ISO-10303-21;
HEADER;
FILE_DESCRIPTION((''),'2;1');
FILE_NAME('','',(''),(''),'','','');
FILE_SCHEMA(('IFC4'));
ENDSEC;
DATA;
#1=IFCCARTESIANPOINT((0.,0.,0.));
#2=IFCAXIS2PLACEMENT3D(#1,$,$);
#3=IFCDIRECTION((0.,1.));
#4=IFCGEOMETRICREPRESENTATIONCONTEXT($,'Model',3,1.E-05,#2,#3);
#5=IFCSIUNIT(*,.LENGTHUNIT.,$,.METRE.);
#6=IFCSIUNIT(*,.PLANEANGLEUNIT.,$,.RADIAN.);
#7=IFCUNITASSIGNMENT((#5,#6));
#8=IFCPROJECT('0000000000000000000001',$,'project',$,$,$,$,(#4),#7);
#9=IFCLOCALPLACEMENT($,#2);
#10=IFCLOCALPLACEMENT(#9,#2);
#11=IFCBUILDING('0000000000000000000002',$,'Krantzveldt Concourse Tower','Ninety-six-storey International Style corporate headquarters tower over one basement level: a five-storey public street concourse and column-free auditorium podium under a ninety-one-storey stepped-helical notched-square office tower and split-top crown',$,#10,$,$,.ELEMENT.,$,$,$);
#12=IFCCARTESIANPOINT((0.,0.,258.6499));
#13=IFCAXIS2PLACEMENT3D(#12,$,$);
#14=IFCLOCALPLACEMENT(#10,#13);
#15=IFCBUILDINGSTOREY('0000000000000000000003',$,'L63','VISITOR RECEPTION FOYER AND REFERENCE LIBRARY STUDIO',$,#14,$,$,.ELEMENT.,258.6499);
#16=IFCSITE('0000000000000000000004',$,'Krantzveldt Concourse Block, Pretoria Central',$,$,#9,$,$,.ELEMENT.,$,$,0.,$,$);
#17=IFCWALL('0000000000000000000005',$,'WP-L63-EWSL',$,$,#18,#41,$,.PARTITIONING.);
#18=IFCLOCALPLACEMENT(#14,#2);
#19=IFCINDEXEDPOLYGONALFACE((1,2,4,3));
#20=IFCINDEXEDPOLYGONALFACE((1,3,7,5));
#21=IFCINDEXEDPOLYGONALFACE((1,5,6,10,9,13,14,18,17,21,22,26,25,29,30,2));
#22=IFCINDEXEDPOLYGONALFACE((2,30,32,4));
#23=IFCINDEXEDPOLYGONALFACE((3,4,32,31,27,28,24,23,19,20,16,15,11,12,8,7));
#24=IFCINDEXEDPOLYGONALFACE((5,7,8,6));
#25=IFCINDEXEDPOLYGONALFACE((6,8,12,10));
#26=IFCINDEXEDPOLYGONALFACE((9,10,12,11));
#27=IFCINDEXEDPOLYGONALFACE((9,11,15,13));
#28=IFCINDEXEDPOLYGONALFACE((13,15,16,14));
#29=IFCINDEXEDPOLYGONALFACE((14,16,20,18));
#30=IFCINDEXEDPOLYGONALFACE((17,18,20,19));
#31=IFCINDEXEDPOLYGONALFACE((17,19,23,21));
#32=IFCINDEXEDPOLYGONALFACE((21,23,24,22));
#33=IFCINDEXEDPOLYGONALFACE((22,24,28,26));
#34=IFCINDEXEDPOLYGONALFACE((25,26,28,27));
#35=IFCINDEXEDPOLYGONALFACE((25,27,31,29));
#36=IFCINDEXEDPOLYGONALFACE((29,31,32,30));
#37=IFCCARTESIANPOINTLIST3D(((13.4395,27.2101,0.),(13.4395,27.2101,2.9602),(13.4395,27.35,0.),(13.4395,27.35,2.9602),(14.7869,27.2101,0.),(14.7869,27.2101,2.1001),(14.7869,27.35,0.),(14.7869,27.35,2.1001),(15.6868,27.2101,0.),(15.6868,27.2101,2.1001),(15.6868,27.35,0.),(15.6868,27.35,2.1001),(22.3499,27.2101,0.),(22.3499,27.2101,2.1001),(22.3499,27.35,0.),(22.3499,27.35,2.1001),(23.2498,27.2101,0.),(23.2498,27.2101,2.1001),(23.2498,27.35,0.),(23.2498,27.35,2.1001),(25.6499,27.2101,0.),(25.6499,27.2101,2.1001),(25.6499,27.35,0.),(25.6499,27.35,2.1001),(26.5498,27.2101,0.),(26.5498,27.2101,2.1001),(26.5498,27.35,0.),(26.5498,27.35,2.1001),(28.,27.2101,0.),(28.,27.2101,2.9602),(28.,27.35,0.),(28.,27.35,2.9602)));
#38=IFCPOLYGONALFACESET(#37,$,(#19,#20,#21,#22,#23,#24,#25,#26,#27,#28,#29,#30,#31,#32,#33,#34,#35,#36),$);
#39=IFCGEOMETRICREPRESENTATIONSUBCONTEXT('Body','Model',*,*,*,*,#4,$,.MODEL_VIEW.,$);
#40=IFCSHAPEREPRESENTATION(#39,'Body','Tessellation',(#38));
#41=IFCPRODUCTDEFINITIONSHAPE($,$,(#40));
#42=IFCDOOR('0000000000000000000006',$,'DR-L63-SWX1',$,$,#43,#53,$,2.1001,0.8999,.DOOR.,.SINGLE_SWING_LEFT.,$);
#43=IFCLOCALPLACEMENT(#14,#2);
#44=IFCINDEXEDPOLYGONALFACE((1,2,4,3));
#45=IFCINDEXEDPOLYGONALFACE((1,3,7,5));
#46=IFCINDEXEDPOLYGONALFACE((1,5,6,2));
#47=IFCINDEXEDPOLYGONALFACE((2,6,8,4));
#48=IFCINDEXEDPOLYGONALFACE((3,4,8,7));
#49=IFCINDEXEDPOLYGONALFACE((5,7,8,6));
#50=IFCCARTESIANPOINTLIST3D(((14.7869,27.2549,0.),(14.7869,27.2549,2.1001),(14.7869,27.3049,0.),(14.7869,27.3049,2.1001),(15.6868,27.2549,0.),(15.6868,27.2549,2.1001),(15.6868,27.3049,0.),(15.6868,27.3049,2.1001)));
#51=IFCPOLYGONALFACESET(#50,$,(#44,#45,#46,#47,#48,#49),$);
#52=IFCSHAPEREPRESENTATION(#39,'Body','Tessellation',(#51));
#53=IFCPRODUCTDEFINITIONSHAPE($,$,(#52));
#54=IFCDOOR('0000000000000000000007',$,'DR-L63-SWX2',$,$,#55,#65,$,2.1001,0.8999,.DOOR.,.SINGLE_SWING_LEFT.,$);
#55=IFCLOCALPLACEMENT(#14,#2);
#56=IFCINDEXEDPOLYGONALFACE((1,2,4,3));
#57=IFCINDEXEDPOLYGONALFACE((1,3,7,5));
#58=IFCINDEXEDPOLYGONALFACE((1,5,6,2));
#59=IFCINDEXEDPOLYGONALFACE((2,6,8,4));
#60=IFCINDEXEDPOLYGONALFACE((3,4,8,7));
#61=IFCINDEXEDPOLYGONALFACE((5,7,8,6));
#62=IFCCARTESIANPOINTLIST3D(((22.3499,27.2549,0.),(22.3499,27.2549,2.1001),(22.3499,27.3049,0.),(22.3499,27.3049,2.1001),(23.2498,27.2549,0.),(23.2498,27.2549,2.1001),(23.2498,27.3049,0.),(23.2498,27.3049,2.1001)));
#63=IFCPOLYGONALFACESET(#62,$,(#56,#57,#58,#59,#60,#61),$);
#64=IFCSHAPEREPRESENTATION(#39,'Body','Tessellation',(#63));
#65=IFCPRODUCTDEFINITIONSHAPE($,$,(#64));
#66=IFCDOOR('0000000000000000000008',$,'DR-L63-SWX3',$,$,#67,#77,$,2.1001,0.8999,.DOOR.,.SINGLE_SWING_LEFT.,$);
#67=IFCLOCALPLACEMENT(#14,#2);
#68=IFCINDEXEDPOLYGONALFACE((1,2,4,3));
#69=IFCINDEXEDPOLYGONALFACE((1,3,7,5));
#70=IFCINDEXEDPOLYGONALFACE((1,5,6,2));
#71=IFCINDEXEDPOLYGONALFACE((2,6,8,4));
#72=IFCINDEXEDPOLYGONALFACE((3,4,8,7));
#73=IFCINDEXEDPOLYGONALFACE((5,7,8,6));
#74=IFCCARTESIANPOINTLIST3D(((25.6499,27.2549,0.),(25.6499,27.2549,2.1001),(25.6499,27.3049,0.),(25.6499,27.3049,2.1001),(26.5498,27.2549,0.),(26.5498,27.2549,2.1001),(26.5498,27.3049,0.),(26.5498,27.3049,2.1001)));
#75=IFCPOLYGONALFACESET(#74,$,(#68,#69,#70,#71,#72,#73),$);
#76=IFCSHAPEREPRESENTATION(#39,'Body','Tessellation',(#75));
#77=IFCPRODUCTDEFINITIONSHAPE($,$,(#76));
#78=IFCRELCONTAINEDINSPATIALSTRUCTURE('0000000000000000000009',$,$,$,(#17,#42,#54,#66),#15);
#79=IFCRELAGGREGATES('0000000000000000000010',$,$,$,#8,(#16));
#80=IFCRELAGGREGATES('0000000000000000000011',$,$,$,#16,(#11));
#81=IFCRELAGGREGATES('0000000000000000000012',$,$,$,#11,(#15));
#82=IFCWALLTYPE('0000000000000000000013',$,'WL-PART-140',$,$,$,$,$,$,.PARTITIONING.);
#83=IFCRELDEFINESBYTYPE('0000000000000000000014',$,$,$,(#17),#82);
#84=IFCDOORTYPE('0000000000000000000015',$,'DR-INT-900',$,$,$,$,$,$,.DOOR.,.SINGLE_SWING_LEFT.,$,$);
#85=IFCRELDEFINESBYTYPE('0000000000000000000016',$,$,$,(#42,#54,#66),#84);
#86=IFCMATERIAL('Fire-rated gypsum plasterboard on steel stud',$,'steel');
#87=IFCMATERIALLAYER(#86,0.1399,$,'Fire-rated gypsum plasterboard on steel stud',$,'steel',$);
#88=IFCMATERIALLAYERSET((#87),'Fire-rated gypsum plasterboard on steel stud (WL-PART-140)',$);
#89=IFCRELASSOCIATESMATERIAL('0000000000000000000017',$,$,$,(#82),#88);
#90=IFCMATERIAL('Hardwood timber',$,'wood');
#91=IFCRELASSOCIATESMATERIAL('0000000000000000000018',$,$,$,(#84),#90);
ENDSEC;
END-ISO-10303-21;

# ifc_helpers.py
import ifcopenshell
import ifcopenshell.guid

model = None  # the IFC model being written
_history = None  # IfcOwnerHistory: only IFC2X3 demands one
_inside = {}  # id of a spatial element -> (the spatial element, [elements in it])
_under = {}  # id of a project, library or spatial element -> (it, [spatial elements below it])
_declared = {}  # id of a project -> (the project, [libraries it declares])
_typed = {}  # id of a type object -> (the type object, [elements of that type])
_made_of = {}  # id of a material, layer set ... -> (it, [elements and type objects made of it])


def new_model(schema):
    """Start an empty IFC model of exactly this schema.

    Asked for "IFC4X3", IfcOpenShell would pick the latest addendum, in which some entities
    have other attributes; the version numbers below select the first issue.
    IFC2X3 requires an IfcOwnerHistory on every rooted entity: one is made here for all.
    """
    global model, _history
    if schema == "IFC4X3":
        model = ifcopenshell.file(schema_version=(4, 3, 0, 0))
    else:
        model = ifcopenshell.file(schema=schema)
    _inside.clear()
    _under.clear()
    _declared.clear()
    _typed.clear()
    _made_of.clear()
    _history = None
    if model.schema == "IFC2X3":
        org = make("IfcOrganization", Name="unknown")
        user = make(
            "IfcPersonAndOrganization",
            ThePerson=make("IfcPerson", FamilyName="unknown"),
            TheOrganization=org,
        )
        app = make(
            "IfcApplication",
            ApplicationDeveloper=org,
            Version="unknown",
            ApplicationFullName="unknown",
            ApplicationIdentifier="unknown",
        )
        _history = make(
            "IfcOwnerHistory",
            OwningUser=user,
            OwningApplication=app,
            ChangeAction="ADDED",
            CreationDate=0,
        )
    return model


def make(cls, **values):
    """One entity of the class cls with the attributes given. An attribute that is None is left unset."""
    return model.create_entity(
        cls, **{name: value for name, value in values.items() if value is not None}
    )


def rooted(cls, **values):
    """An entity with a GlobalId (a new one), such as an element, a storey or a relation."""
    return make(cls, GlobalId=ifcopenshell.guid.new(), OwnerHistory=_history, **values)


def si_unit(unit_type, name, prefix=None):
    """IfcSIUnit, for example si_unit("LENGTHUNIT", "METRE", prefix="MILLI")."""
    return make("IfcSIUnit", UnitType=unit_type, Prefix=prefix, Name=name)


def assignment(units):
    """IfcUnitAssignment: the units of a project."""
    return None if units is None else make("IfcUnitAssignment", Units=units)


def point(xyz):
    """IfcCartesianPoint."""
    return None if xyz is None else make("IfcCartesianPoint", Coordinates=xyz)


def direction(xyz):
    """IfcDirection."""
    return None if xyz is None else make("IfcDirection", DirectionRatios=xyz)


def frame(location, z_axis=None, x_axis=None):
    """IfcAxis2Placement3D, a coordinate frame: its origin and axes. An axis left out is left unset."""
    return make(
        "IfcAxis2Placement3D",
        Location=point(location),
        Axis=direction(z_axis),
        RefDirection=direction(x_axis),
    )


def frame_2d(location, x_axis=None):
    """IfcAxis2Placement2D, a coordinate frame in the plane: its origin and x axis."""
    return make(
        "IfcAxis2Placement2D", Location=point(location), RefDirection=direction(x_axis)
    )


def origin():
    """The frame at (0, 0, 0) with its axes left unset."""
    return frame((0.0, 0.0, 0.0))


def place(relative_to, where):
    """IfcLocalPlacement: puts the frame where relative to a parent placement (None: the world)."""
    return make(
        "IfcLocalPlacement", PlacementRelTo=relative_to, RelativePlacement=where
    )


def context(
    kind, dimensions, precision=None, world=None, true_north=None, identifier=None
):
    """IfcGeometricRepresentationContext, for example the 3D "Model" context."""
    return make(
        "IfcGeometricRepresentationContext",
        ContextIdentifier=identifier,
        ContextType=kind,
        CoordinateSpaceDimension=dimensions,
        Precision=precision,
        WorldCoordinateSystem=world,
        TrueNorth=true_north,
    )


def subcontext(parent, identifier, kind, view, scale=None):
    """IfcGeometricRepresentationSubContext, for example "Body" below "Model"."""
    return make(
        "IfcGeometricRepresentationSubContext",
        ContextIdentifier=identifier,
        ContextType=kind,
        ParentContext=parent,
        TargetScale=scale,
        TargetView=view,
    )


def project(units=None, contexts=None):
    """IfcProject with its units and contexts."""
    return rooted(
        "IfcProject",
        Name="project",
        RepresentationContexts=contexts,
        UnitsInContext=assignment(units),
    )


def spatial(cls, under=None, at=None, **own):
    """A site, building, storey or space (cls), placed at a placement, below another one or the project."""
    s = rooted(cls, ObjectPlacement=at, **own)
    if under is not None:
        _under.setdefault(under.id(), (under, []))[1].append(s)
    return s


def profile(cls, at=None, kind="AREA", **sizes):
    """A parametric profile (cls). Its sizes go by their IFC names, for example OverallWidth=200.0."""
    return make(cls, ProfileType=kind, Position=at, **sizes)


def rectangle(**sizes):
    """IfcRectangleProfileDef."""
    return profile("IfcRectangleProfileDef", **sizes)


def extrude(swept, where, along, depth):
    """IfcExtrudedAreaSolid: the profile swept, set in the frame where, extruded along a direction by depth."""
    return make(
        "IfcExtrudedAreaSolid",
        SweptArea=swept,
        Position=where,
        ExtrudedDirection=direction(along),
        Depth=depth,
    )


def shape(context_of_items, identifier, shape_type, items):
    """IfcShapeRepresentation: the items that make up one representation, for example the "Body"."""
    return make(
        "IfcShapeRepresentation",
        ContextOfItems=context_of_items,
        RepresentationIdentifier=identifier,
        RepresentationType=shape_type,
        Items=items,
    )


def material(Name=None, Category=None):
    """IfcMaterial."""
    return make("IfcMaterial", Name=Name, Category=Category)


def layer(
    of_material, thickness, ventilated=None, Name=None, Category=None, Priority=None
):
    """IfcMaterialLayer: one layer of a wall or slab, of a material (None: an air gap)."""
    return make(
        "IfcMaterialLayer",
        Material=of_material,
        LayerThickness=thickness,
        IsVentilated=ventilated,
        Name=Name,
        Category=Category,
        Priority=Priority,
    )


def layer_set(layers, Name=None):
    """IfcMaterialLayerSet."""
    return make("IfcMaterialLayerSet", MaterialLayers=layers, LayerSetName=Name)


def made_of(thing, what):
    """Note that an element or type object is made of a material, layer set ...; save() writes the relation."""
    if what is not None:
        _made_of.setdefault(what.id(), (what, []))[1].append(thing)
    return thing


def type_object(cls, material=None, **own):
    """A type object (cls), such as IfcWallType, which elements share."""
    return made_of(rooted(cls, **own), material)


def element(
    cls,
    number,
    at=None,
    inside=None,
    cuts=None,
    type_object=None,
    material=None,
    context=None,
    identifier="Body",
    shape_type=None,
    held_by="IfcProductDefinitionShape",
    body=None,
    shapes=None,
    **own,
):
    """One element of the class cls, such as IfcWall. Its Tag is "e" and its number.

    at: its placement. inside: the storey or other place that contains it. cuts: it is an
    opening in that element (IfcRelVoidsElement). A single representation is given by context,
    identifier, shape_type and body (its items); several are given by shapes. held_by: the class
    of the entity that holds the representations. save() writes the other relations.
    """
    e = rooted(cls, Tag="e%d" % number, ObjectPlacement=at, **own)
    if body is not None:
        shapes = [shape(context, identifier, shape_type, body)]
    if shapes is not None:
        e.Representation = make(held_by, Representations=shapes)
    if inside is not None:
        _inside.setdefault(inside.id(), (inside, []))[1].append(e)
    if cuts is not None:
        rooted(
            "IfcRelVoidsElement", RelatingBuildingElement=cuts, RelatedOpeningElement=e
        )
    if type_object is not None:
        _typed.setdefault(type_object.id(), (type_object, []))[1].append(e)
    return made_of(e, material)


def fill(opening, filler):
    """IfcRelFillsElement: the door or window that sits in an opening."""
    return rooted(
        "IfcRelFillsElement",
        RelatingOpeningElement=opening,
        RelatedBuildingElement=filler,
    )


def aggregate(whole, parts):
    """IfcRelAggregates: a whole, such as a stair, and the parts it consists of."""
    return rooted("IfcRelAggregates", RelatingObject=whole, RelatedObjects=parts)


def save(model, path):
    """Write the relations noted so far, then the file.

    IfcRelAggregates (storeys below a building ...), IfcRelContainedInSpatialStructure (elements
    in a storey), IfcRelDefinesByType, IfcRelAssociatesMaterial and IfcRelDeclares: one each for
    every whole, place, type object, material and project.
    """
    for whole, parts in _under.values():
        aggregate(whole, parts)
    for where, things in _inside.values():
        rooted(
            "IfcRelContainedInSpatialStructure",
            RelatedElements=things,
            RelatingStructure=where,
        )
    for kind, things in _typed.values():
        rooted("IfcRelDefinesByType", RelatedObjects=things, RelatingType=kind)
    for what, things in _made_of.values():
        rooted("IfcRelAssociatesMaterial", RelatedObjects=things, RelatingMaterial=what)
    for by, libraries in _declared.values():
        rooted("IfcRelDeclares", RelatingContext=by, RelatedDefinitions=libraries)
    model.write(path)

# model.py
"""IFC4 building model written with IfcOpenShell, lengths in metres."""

from ifc_helpers import new_model, si_unit, direction, frame, frame_2d, origin, place, context, subcontext, project, spatial, rectangle, extrude, material, layer, layer_set, type_object, element, fill, save


model = new_model("IFC4")

# Units and contexts
model_context = context("Model", 3, precision=1e-05, world=origin(), true_north=direction((0.0, 1.0)))
body_context = subcontext(model_context, "Body", "Model", "MODEL_VIEW")
ifc_project = project(units=[si_unit("LENGTHUNIT", "METRE"), si_unit("PLANEANGLEUNIT", "RADIAN")], contexts=[model_context])

# Site, building, storey
site_placement = place(None, origin())
site = spatial("IfcSite", under=ifc_project, at=site_placement, Name="Krantzveldt Concourse Block, Pretoria Central", CompositionType="ELEMENT", RefElevation=0.0)
building_placement = place(site_placement, origin())
building = spatial("IfcBuilding", under=site, at=building_placement, Name="Krantzveldt Concourse Tower", Description="Ninety-six-storey International Style corporate headquarters tower over one basement level: a five-storey public street concourse and column-free auditorium podium under a ninety-one-storey stepped-helical notched-square office tower and split-top crown", CompositionType="ELEMENT")
storey_placement = place(building_placement, frame((0.0, 0.0, 258.6499)))
storey = spatial("IfcBuildingStorey", under=building, at=storey_placement, Name="L63", Description="VISITOR RECEPTION FOYER AND REFERENCE LIBRARY STUDIO", CompositionType="ELEMENT", Elevation=258.6499)

# Shared definitions
ifc_material_1 = material(Name="Fire-rated gypsum plasterboard on steel stud", Category="steel")

# Wall, openings, doors
ifc_layer_1 = layer(ifc_material_1, 0.1399, Name="Fire-rated gypsum plasterboard on steel stud", Category="steel")
ifc_layer_set_1 = layer_set([ifc_layer_1], Name="Fire-rated gypsum plasterboard on steel stud (WL-PART-140)")
wall_type_1 = type_object("IfcWallType", Name="WL-PART-140", PredefinedType="PARTITIONING", material=ifc_layer_set_1)
ifc_material_2 = material(Name="Hardwood timber", Category="wood")
door_type = type_object("IfcDoorType", Name="DR-INT-900", OperationType="SINGLE_SWING_LEFT", PredefinedType="DOOR", material=ifc_material_2)
wall_1_placement = place(storey_placement, frame((13.4395, 27.28, 0.0), z_axis=(0.0, 0.0, 1.0), x_axis=(1.0, 0.0, 0.0)))
wall_1 = element("IfcWall", 1, at=wall_1_placement, inside=storey, type_object=wall_type_1, Name="WP-L63-EWSL", PredefinedType="PARTITIONING", context=body_context, shape_type="SweptSolid", body=[
    extrude(rectangle(XDim=14.5605, YDim=0.1399, at=frame_2d((7.2803, 0.0))), origin(), (0.0, 0.0, 1.0), 2.9602),
])
opening_1_placement = place(wall_1_placement, frame((1.3474, 0.0, 0.0)))
opening_1 = element("IfcOpeningElement", 2, at=opening_1_placement, cuts=wall_1, PredefinedType="OPENING", context=body_context, shape_type="SweptSolid", body=[
    extrude(rectangle(XDim=0.8999, YDim=2.1001, at=frame_2d((0.45, 1.05))), frame((0.0, 0.0801, 0.0), z_axis=(0.0, -1.0, 0.0), x_axis=(1.0, 0.0, 0.0)), (0.0, 0.0, 1.0), 0.1599),
])
opening_2_placement = place(wall_1_placement, frame((8.9104, 0.0, 0.0)))
opening_2 = element("IfcOpeningElement", 3, at=opening_2_placement, cuts=wall_1, PredefinedType="OPENING", context=body_context, shape_type="SweptSolid", body=[
    extrude(rectangle(XDim=0.8999, YDim=2.1001, at=frame_2d((0.45, 1.05))), frame((0.0, 0.0801, 0.0), z_axis=(0.0, -1.0, 0.0), x_axis=(1.0, 0.0, 0.0)), (0.0, 0.0, 1.0), 0.1599),
])
opening_3_placement = place(wall_1_placement, frame((12.2104, 0.0, 0.0)))
opening_3 = element("IfcOpeningElement", 4, at=opening_3_placement, cuts=wall_1, PredefinedType="OPENING", context=body_context, shape_type="SweptSolid", body=[
    extrude(rectangle(XDim=0.8999, YDim=2.1001, at=frame_2d((0.45, 1.05))), frame((0.0, 0.0801, 0.0), z_axis=(0.0, -1.0, 0.0), x_axis=(1.0, 0.0, 0.0)), (0.0, 0.0, 1.0), 0.1599),
])
door_1_placement = place(opening_1_placement, origin())
door_1 = element("IfcDoor", 5, at=door_1_placement, inside=storey, type_object=door_type, Name="DR-L63-SWX1", OperationType="SINGLE_SWING_LEFT", OverallHeight=2.1001, OverallWidth=0.8999, PredefinedType="DOOR", context=body_context, shape_type="SweptSolid", body=[
    extrude(rectangle(XDim=0.8999, YDim=2.1001, at=frame_2d((0.45, 1.05))), frame((0.0, 0.0249, 0.0), z_axis=(0.0, -1.0, 0.0), x_axis=(1.0, 0.0, 0.0)), (0.0, 0.0, 1.0), 0.05),
])
fill(opening_1, door_1)
door_2_placement = place(opening_2_placement, origin())
door_2 = element("IfcDoor", 6, at=door_2_placement, inside=storey, type_object=door_type, Name="DR-L63-SWX2", OperationType="SINGLE_SWING_LEFT", OverallHeight=2.1001, OverallWidth=0.8999, PredefinedType="DOOR", context=body_context, shape_type="SweptSolid", body=[
    extrude(rectangle(XDim=0.8999, YDim=2.1001, at=frame_2d((0.45, 1.05))), frame((0.0, 0.0249, 0.0), z_axis=(0.0, -1.0, 0.0), x_axis=(1.0, 0.0, 0.0)), (0.0, 0.0, 1.0), 0.05),
])
fill(opening_2, door_2)
door_3_placement = place(opening_3_placement, origin())
door_3 = element("IfcDoor", 7, at=door_3_placement, inside=storey, type_object=door_type, Name="DR-L63-SWX3", OperationType="SINGLE_SWING_LEFT", OverallHeight=2.1001, OverallWidth=0.8999, PredefinedType="DOOR", context=body_context, shape_type="SweptSolid", body=[
    extrude(rectangle(XDim=0.8999, YDim=2.1001, at=frame_2d((0.45, 1.05))), frame((0.0, 0.0249, 0.0), z_axis=(0.0, -1.0, 0.0), x_axis=(1.0, 0.0, 0.0)), (0.0, 0.0, 1.0), 0.05),
])
fill(opening_3, door_3)

save(model, "model.ifc")
